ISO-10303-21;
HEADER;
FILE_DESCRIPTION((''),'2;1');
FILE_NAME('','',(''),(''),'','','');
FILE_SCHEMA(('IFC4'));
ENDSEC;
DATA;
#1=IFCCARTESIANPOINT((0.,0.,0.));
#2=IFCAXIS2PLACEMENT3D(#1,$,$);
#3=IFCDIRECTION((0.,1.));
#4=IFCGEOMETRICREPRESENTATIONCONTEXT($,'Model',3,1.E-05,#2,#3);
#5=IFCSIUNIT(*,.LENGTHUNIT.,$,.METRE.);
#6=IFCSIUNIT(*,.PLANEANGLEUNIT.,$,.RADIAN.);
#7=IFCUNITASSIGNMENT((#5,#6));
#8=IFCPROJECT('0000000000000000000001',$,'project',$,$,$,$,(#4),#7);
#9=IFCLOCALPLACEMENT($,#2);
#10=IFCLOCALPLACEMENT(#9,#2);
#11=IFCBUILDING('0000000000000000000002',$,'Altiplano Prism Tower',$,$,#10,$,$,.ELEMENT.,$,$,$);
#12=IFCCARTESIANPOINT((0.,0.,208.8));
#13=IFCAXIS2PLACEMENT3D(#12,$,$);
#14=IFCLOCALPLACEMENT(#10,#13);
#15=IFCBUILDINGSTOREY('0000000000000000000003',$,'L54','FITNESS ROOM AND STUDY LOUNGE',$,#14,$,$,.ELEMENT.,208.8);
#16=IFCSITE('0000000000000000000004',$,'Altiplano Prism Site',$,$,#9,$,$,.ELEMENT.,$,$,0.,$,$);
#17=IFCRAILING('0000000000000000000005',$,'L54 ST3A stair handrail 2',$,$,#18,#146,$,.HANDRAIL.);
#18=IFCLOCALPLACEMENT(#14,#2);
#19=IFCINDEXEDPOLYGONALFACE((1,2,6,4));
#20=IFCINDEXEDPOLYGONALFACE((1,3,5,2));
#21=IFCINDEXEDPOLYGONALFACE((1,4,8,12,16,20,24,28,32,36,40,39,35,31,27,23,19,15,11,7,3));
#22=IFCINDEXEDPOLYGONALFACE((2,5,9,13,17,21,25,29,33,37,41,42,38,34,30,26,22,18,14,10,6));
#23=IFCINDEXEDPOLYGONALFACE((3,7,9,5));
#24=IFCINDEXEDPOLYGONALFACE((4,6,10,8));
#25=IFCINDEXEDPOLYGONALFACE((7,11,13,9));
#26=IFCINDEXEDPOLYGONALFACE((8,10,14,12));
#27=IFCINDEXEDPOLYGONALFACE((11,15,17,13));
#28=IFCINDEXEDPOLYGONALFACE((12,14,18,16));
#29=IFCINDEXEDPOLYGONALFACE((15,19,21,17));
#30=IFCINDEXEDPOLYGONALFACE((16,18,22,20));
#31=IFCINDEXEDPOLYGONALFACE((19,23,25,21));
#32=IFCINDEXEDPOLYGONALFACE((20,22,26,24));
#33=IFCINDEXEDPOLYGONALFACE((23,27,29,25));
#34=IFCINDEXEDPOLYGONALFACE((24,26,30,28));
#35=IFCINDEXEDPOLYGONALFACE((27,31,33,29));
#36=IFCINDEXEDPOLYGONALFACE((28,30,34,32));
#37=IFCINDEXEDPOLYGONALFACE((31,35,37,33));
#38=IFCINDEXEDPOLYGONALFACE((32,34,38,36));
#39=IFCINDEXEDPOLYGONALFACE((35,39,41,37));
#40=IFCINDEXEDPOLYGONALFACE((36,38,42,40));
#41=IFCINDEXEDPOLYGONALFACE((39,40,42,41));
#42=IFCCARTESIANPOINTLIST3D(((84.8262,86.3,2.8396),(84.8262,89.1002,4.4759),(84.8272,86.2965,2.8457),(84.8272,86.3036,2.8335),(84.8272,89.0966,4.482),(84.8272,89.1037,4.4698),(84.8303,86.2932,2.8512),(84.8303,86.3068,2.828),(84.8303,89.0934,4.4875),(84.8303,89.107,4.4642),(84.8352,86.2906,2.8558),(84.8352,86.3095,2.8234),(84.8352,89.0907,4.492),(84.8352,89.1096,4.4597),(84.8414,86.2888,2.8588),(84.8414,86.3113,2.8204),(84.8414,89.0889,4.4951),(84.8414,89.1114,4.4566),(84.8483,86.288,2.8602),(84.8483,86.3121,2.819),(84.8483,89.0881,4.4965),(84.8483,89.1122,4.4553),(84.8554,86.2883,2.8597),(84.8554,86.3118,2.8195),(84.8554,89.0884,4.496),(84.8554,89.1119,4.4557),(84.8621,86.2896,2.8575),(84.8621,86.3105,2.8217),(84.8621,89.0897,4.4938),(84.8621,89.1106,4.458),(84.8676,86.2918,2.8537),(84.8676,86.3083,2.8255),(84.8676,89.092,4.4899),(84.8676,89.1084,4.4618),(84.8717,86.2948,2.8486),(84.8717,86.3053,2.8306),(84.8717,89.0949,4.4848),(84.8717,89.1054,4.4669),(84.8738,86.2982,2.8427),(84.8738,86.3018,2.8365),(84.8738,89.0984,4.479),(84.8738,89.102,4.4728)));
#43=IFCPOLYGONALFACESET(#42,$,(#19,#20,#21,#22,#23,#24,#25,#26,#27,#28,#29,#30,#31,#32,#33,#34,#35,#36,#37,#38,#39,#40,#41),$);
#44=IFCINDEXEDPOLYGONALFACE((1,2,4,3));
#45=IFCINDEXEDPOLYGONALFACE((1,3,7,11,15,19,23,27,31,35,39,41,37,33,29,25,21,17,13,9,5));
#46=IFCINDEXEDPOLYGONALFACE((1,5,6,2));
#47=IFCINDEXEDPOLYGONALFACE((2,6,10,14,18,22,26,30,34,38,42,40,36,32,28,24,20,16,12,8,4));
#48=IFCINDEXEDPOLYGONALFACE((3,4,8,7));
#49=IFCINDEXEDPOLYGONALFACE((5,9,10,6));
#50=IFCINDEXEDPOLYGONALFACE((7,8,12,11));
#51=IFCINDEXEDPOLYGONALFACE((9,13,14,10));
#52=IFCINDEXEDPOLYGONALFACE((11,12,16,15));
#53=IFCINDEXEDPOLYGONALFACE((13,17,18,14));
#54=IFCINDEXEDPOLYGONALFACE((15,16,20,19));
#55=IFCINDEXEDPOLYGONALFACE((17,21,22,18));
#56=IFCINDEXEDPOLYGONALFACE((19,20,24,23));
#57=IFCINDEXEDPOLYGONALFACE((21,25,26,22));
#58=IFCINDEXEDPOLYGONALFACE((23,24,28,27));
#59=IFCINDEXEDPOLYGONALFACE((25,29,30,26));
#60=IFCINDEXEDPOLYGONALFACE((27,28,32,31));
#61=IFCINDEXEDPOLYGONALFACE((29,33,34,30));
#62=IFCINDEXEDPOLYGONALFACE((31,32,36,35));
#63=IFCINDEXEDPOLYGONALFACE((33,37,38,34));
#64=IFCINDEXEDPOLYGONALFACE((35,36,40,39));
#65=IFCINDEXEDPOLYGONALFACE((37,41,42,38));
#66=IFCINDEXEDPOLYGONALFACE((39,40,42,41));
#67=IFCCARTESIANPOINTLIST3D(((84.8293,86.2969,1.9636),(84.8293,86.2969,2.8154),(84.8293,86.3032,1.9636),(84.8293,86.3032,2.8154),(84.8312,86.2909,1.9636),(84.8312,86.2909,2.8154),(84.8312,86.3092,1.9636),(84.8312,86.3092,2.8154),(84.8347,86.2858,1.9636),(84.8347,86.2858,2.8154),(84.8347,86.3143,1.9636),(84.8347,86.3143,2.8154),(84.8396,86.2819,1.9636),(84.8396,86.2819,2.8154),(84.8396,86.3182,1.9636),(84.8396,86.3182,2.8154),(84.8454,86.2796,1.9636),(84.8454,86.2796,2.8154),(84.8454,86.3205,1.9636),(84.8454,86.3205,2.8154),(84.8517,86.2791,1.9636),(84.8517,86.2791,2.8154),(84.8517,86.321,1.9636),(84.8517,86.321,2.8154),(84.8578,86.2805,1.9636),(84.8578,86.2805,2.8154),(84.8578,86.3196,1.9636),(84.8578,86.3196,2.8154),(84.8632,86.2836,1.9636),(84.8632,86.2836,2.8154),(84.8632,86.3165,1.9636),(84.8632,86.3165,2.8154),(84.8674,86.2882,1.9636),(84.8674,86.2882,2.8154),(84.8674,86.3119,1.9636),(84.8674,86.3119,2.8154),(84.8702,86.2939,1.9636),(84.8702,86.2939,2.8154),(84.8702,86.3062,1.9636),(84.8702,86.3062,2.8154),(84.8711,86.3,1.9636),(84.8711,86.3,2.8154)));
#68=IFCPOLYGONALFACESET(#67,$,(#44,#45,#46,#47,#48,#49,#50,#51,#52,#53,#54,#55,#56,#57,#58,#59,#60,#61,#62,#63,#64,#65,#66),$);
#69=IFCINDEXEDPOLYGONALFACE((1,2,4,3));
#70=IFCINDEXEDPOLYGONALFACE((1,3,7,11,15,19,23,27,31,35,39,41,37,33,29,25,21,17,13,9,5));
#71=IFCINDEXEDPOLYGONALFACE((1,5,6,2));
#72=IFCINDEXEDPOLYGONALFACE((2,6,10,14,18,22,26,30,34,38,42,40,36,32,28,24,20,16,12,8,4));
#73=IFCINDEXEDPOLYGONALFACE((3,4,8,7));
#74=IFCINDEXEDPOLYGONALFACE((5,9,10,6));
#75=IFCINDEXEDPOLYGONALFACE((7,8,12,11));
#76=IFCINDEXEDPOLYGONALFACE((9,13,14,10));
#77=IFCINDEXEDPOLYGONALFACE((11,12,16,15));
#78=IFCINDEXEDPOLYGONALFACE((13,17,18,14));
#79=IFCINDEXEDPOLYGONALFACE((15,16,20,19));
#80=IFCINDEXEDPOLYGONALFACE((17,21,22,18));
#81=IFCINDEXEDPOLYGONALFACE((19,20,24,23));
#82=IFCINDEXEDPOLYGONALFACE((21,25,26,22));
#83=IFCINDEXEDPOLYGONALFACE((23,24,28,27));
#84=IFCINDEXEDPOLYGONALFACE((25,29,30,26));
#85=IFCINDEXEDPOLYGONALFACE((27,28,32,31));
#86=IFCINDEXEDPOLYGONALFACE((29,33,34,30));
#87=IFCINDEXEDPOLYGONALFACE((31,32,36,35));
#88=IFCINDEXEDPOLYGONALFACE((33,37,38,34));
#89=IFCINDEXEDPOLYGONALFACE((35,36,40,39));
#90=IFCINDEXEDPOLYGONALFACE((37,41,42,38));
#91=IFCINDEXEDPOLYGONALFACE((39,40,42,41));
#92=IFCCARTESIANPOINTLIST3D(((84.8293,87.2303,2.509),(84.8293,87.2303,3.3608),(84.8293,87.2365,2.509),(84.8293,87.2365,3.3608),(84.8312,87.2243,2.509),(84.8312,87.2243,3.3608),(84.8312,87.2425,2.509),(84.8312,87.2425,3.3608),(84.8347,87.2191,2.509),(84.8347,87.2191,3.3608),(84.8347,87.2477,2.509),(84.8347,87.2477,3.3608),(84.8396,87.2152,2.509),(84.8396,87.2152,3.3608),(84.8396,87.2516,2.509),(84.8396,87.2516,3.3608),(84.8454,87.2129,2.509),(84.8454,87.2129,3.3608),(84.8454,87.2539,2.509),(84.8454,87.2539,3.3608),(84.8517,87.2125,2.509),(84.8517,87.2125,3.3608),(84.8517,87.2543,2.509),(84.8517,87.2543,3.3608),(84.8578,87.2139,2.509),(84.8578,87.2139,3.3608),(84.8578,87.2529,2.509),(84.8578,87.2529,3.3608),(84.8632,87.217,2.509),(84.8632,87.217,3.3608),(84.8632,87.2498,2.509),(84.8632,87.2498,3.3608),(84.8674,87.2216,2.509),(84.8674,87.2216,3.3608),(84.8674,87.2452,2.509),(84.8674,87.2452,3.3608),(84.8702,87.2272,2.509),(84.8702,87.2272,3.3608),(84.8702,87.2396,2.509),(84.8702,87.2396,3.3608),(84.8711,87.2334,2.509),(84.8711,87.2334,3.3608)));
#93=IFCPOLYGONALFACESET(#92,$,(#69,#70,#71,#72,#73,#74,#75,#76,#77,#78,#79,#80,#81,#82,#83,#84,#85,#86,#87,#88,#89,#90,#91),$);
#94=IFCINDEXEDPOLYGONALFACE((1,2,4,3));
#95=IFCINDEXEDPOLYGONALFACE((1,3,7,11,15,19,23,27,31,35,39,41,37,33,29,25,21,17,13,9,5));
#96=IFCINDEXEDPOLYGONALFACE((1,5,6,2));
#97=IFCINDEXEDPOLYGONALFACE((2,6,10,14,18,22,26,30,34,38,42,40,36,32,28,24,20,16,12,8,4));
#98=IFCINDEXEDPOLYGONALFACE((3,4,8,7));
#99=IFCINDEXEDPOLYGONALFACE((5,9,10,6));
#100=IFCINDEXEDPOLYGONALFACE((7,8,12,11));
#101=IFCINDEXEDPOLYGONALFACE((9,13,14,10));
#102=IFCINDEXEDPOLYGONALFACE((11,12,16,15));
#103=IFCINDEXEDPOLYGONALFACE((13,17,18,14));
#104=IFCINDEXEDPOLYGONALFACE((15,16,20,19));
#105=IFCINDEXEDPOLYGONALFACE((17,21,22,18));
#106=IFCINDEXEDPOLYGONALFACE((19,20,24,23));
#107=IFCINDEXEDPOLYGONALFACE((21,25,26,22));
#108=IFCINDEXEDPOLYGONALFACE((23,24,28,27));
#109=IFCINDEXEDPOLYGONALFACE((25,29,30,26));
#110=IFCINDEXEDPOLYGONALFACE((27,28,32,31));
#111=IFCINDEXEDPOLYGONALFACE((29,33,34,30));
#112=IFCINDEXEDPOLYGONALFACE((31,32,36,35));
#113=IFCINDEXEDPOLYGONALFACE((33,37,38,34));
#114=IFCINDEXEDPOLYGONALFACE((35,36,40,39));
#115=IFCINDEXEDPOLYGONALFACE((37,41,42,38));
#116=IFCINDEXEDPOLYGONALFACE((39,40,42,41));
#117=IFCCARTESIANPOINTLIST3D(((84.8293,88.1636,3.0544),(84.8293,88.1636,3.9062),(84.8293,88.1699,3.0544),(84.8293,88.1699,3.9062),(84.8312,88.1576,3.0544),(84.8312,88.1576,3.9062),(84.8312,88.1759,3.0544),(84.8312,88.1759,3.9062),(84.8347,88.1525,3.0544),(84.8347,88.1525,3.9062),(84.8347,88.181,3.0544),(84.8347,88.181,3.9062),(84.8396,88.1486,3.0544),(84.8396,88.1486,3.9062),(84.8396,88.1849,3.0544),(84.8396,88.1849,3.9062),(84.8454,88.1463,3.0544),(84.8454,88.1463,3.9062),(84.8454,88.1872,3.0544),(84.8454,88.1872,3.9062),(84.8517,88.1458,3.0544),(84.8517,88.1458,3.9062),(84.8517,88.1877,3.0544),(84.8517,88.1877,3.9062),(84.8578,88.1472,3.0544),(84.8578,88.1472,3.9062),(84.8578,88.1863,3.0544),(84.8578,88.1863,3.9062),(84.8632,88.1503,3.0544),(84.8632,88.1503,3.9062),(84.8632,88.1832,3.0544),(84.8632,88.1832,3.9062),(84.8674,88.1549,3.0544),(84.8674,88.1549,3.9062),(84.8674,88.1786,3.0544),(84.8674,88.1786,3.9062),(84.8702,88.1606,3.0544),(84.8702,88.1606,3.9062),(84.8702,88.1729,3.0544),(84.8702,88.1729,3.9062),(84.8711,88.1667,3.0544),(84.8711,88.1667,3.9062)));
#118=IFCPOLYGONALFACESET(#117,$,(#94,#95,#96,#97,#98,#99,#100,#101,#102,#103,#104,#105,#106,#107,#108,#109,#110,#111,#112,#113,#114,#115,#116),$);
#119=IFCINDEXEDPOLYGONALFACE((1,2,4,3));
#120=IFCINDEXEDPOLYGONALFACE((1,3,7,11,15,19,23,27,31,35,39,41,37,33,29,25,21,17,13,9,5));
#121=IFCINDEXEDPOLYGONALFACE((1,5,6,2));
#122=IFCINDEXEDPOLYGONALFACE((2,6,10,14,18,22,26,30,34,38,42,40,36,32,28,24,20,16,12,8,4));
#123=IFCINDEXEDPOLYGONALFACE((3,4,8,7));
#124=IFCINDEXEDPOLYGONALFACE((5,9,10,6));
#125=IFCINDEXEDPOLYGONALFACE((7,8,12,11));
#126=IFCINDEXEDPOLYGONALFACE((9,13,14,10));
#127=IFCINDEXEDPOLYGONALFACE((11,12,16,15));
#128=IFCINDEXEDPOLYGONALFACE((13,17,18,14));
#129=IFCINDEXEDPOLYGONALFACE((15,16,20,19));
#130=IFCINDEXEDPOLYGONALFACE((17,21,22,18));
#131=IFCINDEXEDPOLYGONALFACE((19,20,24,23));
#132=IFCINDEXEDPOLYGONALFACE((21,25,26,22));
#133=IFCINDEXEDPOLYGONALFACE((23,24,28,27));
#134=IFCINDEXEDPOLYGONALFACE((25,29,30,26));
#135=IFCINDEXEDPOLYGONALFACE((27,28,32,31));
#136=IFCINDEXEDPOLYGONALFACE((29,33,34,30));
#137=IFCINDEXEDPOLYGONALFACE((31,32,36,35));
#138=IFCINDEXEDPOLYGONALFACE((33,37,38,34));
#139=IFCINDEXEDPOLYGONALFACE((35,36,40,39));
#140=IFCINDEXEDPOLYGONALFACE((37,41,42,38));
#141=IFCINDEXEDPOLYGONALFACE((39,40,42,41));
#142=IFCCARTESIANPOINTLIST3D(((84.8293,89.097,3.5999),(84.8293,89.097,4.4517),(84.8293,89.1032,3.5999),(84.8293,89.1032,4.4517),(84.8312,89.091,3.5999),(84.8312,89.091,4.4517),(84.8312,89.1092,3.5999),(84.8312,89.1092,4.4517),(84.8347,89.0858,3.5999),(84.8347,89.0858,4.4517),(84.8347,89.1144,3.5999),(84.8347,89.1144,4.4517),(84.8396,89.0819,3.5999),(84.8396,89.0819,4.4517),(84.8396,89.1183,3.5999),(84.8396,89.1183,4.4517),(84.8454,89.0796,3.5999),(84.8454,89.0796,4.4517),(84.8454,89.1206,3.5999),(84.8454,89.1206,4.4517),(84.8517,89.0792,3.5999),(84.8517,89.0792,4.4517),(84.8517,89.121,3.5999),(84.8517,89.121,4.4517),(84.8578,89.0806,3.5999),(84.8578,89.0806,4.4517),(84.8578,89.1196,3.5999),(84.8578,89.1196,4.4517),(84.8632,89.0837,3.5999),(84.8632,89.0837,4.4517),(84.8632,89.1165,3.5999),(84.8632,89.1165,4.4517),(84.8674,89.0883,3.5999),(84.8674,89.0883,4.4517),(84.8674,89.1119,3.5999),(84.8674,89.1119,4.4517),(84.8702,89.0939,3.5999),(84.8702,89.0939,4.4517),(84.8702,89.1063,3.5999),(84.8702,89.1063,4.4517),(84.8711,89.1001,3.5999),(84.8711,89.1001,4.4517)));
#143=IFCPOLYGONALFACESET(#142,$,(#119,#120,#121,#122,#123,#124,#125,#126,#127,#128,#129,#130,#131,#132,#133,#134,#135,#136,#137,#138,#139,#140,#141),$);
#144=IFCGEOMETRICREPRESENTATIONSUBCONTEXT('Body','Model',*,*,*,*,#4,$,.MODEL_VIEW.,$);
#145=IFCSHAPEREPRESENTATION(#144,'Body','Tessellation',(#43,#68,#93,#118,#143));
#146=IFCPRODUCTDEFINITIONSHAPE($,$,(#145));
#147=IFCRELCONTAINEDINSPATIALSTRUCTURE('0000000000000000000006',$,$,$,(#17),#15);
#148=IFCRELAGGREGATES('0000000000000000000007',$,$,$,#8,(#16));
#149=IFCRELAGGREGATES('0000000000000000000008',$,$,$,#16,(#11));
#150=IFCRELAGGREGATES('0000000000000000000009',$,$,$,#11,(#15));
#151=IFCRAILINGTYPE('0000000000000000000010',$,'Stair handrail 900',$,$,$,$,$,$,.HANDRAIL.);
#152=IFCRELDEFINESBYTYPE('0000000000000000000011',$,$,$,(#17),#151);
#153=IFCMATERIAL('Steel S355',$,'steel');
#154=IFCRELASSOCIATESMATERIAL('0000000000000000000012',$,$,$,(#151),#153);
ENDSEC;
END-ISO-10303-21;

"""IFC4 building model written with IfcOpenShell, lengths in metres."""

from ifc_helpers import new_model, si_unit, direction, frame, origin, origin_2d, place, context, subcontext, project, spatial, circle, extrude, material, type_object, element, save


model = new_model("IFC4")

# Units and contexts
model_context = context("Model", 3, precision=1e-05, world=origin(), true_north=direction((0.0, 1.0)))
body_context = subcontext(model_context, "Body", "Model", "MODEL_VIEW")
ifc_project = project(units=[si_unit("LENGTHUNIT", "METRE"), si_unit("PLANEANGLEUNIT", "RADIAN")], contexts=[model_context])

# Site, building, storey
site_placement = place(None, origin())
site = spatial("IfcSite", under=ifc_project, at=site_placement, Name="Altiplano Prism Site", CompositionType="ELEMENT", RefElevation=0.0)
building_placement = place(site_placement, origin())
building = spatial("IfcBuilding", under=site, at=building_placement, Name="Altiplano Prism Tower", CompositionType="ELEMENT")
storey_placement = place(building_placement, frame((0.0, 0.0, 208.8)))
storey = spatial("IfcBuildingStorey", under=building, at=storey_placement, Name="L54", Description="FITNESS ROOM AND STUDY LOUNGE", CompositionType="ELEMENT", Elevation=208.8)

# Railing
ifc_material_1 = material(Name="Steel S355", Category="steel")
railing_type = type_object("IfcRailingType", Name="Stair handrail 900", PredefinedType="HANDRAIL", material=ifc_material_1)
railing_1_placement = place(storey_placement, frame((84.8501, 86.3, 1.9636)))
element("IfcRailing", 1, at=railing_1_placement, inside=storey, type_object=railing_type, Name="L54 ST3A stair handrail 2", PredefinedType="HANDRAIL", context=body_context, shape_type="SweptSolid", body=[
    extrude(circle(Radius=0.0239, at=origin_2d()), frame((0.0, 0.0, 0.876), z_axis=(0.0, 0.863394, 0.504531), x_axis=(-1.0, 0.0, 0.0)), (0.0, 0.0, 1.0), 3.2432),
    extrude(circle(Radius=0.021, at=origin_2d()), origin(), (0.0, 0.0, 1.0), 0.8518),
    extrude(circle(Radius=0.021, at=origin_2d()), frame((0.0, 0.9333, 0.5454)), (0.0, 0.0, 1.0), 0.8518),
    extrude(circle(Radius=0.021, at=origin_2d()), frame((0.0, 1.8667, 1.0908)), (0.0, 0.0, 1.0), 0.8518),
    extrude(circle(Radius=0.021, at=origin_2d()), frame((0.0, 2.8, 1.6362)), (0.0, 0.0, 1.0), 0.8518),
])

save(model, "model.ifc")
